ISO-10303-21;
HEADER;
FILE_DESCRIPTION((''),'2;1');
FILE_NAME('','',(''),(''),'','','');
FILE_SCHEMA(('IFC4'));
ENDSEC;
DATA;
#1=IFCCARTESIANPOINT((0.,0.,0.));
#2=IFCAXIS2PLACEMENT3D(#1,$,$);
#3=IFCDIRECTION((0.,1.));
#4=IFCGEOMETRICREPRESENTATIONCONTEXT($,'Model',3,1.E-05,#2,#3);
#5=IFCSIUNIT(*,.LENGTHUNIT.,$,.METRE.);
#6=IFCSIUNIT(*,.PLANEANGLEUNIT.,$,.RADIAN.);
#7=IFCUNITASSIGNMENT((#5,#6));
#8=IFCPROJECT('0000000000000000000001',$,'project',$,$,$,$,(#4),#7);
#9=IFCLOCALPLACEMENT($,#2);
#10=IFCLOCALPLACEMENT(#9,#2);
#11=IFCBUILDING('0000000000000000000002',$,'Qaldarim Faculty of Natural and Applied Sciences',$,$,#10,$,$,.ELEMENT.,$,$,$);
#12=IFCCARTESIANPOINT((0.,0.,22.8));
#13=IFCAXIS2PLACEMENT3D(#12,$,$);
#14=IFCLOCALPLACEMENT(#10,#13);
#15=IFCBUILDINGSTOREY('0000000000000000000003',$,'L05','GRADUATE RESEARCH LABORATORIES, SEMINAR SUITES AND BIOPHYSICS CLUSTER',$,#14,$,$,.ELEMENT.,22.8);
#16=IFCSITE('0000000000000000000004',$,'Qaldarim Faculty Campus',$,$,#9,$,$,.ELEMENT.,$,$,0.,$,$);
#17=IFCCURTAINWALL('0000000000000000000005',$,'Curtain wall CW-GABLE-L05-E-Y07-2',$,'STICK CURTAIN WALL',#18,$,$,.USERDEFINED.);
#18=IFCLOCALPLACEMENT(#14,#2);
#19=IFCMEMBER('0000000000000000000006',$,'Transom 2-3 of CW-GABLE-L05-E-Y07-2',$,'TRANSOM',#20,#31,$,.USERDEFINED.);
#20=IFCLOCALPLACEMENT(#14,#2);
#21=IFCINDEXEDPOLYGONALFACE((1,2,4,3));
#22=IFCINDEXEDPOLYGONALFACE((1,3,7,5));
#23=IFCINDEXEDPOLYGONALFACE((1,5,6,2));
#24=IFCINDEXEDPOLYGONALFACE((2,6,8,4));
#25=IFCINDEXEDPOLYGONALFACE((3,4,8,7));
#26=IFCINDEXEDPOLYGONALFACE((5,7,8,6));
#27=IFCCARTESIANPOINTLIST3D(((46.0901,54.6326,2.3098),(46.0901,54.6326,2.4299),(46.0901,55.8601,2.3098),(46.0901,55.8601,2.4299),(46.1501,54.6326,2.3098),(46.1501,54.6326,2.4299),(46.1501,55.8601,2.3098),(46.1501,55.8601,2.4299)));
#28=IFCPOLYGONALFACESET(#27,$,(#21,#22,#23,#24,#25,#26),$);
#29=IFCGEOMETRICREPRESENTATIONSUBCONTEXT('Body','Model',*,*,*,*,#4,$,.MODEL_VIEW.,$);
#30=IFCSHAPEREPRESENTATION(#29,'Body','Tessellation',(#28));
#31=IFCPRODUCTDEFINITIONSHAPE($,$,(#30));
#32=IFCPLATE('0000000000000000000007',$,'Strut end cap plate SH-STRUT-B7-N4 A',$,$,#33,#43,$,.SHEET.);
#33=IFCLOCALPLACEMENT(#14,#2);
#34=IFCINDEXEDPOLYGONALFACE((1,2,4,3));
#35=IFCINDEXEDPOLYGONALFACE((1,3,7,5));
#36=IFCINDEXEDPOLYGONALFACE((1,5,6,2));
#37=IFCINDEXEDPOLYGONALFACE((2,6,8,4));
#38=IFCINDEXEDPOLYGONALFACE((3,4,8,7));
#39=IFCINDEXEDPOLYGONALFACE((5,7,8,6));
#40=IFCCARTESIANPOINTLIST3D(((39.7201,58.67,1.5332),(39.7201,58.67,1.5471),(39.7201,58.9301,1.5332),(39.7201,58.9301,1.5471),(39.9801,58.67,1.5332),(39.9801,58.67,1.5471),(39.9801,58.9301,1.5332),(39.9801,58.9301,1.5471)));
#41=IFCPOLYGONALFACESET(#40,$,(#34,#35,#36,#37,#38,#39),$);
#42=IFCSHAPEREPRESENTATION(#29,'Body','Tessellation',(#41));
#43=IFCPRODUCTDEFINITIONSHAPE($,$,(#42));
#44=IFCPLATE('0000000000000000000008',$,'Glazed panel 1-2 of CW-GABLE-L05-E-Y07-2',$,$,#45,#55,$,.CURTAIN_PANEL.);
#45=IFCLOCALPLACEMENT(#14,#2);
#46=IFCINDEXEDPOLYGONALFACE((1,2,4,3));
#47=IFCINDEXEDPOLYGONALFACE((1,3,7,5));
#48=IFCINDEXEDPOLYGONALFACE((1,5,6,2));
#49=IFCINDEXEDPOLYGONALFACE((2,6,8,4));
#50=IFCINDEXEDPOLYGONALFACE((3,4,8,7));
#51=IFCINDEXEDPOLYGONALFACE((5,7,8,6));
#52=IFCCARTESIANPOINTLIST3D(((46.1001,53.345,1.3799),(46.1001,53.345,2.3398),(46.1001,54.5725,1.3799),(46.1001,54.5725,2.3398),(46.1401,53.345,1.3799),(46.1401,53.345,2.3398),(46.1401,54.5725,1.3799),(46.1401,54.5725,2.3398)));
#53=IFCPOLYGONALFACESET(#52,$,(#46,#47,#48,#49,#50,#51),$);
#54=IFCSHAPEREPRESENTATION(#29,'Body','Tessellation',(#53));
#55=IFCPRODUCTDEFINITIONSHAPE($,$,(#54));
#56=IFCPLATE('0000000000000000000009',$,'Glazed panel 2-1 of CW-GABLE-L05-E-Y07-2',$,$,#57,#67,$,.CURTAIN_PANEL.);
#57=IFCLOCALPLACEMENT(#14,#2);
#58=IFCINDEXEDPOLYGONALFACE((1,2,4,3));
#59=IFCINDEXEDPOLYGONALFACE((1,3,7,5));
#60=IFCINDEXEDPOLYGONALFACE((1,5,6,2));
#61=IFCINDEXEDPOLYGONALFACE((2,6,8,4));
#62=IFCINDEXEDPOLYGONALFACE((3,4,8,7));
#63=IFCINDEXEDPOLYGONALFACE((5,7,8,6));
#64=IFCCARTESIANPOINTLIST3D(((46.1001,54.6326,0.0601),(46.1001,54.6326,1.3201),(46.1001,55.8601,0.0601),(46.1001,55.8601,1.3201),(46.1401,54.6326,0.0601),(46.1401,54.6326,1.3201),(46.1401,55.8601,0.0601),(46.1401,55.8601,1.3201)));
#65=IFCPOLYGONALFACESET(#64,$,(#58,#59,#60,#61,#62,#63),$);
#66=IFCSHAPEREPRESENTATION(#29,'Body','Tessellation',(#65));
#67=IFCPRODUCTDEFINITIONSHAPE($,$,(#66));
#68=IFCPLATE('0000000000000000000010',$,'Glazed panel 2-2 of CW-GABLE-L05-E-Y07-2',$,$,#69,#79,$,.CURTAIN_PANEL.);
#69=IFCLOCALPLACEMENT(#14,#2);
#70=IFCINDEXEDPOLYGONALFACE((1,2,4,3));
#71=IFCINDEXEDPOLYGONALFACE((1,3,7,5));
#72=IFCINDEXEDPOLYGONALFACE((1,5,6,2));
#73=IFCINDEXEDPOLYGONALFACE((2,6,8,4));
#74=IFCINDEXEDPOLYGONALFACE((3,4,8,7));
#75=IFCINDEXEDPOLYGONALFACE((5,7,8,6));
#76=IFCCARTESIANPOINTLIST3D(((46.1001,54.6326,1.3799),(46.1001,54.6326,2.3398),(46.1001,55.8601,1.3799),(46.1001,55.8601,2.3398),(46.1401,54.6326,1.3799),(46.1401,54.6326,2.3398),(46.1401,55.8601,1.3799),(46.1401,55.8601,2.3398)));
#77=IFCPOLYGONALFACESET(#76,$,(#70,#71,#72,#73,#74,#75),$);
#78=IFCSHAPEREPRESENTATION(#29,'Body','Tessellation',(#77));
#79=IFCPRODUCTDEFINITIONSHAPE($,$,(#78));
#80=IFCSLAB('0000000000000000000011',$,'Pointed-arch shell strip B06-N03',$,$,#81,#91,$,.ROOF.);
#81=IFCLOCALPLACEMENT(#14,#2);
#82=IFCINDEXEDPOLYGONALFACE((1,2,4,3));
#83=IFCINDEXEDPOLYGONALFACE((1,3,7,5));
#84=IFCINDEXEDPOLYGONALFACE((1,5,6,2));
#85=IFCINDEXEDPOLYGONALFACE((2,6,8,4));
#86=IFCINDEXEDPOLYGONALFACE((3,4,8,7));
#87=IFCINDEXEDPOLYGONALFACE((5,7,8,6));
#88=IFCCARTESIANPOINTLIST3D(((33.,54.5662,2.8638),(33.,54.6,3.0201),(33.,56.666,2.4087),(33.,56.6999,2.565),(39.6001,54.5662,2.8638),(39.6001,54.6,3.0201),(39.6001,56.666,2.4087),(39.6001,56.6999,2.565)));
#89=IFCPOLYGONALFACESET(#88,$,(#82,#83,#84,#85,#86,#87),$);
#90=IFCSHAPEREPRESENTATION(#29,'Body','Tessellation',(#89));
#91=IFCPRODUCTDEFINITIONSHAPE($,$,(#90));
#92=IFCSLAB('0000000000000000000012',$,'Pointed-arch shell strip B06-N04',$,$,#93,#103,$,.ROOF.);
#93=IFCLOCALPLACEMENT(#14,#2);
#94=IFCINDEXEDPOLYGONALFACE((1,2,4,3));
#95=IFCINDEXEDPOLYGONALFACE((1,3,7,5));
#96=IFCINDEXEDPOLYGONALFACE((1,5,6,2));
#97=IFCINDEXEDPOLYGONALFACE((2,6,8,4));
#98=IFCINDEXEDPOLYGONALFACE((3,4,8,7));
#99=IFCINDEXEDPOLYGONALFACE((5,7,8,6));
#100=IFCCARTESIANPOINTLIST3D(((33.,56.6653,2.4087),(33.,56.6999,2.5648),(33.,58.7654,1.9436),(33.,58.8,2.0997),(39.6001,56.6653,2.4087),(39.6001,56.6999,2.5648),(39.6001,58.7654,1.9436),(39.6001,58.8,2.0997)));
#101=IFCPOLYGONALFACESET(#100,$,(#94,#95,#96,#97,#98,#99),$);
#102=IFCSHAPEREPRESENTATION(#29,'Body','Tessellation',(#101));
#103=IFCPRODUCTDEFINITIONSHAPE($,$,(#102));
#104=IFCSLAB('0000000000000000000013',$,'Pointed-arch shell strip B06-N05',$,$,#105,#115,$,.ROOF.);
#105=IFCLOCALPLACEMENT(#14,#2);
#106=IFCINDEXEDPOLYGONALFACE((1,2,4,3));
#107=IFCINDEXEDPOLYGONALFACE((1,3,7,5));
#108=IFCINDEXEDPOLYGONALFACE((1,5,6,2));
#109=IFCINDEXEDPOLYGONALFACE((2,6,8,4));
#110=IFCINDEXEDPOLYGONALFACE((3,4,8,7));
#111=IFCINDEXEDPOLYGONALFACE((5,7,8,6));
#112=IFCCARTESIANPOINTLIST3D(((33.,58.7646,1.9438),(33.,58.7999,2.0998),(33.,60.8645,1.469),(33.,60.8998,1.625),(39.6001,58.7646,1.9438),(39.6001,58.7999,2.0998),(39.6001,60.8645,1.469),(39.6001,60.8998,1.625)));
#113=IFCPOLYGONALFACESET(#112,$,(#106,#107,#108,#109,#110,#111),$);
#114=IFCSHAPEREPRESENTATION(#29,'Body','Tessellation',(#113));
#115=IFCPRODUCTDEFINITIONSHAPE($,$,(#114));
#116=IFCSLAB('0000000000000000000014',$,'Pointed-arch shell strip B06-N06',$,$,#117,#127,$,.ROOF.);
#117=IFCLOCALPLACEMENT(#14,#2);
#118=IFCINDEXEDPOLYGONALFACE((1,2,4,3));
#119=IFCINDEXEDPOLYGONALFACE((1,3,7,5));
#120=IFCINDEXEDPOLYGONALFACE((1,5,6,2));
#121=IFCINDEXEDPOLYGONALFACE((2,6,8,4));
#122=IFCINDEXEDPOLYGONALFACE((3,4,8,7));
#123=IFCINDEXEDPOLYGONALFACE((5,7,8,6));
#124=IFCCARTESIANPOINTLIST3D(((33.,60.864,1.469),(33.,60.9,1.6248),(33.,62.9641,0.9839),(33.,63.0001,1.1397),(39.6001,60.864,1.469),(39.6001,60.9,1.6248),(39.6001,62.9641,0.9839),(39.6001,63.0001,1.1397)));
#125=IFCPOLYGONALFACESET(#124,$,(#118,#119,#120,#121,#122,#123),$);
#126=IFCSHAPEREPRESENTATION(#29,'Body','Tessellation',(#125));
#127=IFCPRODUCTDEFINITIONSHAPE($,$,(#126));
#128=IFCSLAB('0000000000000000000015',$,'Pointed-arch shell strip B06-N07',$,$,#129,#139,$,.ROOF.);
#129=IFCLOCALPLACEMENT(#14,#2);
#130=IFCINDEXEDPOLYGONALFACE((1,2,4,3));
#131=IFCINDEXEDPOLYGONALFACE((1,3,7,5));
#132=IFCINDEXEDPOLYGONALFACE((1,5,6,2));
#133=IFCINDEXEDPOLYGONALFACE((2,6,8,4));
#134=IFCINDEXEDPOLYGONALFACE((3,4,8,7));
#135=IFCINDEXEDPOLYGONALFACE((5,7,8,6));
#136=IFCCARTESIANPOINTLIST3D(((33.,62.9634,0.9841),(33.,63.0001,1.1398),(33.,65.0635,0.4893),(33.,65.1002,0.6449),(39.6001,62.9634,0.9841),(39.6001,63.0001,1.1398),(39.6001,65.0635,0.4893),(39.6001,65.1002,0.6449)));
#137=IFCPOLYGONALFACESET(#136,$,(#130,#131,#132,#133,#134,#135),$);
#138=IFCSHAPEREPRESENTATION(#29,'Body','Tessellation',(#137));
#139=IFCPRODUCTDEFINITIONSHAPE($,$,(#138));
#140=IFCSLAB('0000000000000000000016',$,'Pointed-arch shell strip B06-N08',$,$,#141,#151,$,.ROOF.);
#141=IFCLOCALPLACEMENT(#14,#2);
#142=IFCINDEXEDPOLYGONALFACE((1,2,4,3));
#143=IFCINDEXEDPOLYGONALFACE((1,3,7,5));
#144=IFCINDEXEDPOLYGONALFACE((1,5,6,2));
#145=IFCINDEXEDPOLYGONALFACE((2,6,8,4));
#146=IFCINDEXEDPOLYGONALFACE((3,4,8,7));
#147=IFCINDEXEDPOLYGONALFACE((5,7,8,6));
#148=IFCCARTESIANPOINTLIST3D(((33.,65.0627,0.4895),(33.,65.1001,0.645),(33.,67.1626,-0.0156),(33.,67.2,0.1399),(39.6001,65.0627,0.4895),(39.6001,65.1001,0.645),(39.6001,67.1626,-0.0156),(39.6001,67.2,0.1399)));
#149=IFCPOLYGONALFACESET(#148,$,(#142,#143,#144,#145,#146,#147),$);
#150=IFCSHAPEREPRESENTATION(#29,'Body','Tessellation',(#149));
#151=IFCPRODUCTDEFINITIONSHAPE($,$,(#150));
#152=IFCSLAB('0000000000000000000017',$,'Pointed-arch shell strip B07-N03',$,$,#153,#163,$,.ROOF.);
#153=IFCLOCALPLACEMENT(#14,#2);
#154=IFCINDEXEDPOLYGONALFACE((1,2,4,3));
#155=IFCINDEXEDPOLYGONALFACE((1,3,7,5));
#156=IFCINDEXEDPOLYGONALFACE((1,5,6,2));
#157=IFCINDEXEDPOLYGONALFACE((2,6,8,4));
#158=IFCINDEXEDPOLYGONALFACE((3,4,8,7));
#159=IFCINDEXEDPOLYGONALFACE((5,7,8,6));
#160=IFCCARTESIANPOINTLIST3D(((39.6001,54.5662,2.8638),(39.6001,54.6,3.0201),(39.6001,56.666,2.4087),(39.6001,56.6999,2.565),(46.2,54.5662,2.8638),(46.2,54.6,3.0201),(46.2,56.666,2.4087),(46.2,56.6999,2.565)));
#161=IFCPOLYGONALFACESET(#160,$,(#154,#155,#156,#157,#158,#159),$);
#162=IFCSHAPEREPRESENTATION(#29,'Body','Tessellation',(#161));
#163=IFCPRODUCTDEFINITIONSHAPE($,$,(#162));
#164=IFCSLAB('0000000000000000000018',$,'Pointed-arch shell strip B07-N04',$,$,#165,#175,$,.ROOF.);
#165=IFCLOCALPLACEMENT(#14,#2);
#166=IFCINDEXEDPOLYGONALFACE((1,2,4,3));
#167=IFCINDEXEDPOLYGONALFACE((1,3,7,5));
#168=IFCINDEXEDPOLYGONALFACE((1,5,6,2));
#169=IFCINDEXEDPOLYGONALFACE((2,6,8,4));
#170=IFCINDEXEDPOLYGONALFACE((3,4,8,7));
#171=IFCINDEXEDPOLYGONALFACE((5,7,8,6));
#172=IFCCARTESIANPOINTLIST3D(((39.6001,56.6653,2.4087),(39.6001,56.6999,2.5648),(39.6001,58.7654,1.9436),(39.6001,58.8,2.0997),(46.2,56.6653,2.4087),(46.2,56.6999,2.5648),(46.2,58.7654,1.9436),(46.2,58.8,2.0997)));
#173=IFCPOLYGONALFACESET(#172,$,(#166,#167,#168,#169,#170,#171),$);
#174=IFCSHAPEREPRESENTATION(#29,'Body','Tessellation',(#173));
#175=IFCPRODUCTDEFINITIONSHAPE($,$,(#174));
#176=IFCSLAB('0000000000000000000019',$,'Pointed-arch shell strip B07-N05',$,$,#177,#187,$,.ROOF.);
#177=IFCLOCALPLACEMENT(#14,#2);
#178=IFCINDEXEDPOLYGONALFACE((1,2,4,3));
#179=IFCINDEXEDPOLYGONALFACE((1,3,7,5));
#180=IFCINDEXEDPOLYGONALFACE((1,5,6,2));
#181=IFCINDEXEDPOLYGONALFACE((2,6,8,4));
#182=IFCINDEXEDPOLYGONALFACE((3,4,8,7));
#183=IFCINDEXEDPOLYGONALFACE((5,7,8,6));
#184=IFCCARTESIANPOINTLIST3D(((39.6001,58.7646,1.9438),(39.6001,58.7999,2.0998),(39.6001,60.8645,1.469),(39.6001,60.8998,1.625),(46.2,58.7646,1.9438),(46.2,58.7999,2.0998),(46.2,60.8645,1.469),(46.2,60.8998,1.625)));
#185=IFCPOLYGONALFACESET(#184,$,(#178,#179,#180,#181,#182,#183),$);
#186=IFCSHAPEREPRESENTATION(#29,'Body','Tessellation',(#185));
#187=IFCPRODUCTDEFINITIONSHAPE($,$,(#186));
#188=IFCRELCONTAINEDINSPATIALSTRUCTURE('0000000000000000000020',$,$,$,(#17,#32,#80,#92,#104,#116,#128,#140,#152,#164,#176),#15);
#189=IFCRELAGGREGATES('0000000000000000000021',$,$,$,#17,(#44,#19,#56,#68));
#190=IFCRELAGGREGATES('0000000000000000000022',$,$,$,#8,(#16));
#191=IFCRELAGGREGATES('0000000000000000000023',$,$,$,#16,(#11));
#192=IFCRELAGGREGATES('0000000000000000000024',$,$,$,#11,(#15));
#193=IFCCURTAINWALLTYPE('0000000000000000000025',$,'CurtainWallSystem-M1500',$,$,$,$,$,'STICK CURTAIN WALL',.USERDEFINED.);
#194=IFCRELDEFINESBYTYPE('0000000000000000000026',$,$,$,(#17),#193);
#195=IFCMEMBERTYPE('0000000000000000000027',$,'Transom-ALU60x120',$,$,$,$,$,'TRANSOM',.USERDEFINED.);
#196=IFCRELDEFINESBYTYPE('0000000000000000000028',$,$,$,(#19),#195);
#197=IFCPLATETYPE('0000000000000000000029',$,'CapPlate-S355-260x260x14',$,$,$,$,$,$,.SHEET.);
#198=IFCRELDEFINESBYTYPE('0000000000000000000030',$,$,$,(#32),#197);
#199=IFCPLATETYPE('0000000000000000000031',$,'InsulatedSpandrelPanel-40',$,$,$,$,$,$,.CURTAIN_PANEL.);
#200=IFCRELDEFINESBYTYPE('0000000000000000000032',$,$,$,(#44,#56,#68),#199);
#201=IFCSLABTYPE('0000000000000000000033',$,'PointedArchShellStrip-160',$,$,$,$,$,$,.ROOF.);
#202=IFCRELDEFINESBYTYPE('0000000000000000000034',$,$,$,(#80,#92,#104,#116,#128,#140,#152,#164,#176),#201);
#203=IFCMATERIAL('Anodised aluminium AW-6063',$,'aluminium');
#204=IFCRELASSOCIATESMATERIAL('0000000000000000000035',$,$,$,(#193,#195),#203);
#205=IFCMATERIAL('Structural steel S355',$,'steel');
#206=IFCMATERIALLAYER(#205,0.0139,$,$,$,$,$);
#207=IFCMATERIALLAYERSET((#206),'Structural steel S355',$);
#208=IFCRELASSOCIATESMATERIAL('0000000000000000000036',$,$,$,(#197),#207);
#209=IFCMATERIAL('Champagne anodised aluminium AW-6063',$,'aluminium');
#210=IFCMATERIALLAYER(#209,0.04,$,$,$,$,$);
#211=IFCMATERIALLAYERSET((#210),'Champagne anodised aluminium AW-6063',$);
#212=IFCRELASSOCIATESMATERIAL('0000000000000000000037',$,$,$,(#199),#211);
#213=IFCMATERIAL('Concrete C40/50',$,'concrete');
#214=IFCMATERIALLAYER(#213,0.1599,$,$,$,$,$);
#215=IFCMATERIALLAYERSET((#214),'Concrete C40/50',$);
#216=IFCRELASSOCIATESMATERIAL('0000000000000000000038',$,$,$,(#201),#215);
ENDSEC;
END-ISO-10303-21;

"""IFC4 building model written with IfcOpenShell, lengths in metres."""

from ifc_helpers import new_model, si_unit, direction, frame, origin, origin_2d, place, context, subcontext, project, spatial, polyline, rectangle, outline, extrude, material, layer, layer_set, material_profile, profile_set, type_object, element, aggregate, save


model = new_model("IFC4")

# Units and contexts
model_context = context("Model", 3, precision=1e-05, world=origin(), true_north=direction((0.0, 1.0)))
body_context = subcontext(model_context, "Body", "Model", "MODEL_VIEW")
ifc_project = project(units=[si_unit("LENGTHUNIT", "METRE"), si_unit("PLANEANGLEUNIT", "RADIAN")], contexts=[model_context])

# Site, building, storey
site_placement = place(None, origin())
site = spatial("IfcSite", under=ifc_project, at=site_placement, Name="Qaldarim Faculty Campus", CompositionType="ELEMENT", RefElevation=0.0)
building_placement = place(site_placement, origin())
building = spatial("IfcBuilding", under=site, at=building_placement, Name="Qaldarim Faculty of Natural and Applied Sciences", CompositionType="ELEMENT")
storey_placement = place(building_placement, frame((0.0, 0.0, 22.8)))
storey = spatial("IfcBuildingStorey", under=building, at=storey_placement, Name="L05", Description="GRADUATE RESEARCH LABORATORIES, SEMINAR SUITES AND BIOPHYSICS CLUSTER", CompositionType="ELEMENT", Elevation=22.8)

# Curtain wall
ifc_material_1 = material(Name="Anodised aluminium AW-6063", Category="aluminium")
curtain_wall_type = type_object("IfcCurtainWallType", Name="CurtainWallSystem-M1500", ElementType="STICK CURTAIN WALL", PredefinedType="USERDEFINED", material=ifc_material_1)
curtain_wall_placement = place(storey_placement, origin())
curtain_wall = element("IfcCurtainWall", 1, at=curtain_wall_placement, inside=storey, type_object=curtain_wall_type, Name="Curtain wall CW-GABLE-L05-E-Y07-2", ObjectType="STICK CURTAIN WALL", PredefinedType="USERDEFINED")

# Member
ifc_material_2 = material(Name="Structural steel S355", Category="steel")
ifc_material_profile_1 = material_profile(ifc_material_1, rectangle(XDim=0.0601, YDim=0.1201, at=origin_2d()), Name="ALU-T60x120")
ifc_profile_set_1 = profile_set([ifc_material_profile_1], Name="Anodised aluminium AW-6063")
member_type_1 = type_object("IfcMemberType", Name="Transom-ALU60x120", ElementType="TRANSOM", PredefinedType="USERDEFINED", material=ifc_profile_set_1)
member_1_placement = place(storey_placement, frame((46.1201, 54.6326, 2.3699), z_axis=(0.0, 1.0, 0.0), x_axis=(-1.0, 0.0, 0.0)))
member_1 = element("IfcMember", 2, at=member_1_placement, type_object=member_type_1, Name="Transom 2-3 of CW-GABLE-L05-E-Y07-2", ObjectType="TRANSOM", PredefinedType="USERDEFINED", context=body_context, shape_type="SweptSolid", body=[
    extrude(rectangle(XDim=0.0601, YDim=0.1201, at=origin_2d()), origin(), (0.0, 0.0, 1.0), 1.2275),
])

# Plates
ifc_layer_1 = layer(ifc_material_2, 0.0139)
ifc_layer_set_1 = layer_set([ifc_layer_1], Name="Structural steel S355")
plate_type_1 = type_object("IfcPlateType", Name="CapPlate-S355-260x260x14", PredefinedType="SHEET", material=ifc_layer_set_1)
plate_1_placement = place(storey_placement, frame((39.8501, 58.8, 1.5332), z_axis=(0.0, 0.0, 1.0), x_axis=(1.0, 0.0, 0.0)))
element("IfcPlate", 3, at=plate_1_placement, inside=storey, type_object=plate_type_1, Name="Strut end cap plate SH-STRUT-B7-N4 A", PredefinedType="SHEET", context=body_context, shape_type="SweptSolid", body=[
    extrude(rectangle(XDim=0.26, YDim=0.26, at=origin_2d()), origin(), (0.0, 0.0, 1.0), 0.0139),
])
ifc_material_3 = material(Name="Champagne anodised aluminium AW-6063", Category="aluminium")
ifc_layer_2 = layer(ifc_material_3, 0.04)
ifc_layer_set_2 = layer_set([ifc_layer_2], Name="Champagne anodised aluminium AW-6063")
plate_type_2 = type_object("IfcPlateType", Name="InsulatedSpandrelPanel-40", PredefinedType="CURTAIN_PANEL", material=ifc_layer_set_2)
plate_2_placement = place(storey_placement, frame((46.1201, 53.9587, 1.3799), z_axis=(0.0, 0.0, 1.0), x_axis=(0.0, 1.0, 0.0)))
plate_2 = element("IfcPlate", 4, at=plate_2_placement, type_object=plate_type_2, Name="Glazed panel 1-2 of CW-GABLE-L05-E-Y07-2", PredefinedType="CURTAIN_PANEL", context=body_context, shape_type="SweptSolid", body=[
    extrude(rectangle(XDim=1.2275, YDim=0.04, at=origin_2d()), origin(), (0.0, 0.0, 1.0), 0.96),
])
plate_3_placement = place(storey_placement, frame((46.1201, 55.2463, 0.0601), z_axis=(0.0, 0.0, 1.0), x_axis=(0.0, 1.0, 0.0)))
plate_3 = element("IfcPlate", 5, at=plate_3_placement, type_object=plate_type_2, Name="Glazed panel 2-1 of CW-GABLE-L05-E-Y07-2", PredefinedType="CURTAIN_PANEL", context=body_context, shape_type="SweptSolid", body=[
    extrude(rectangle(XDim=1.2275, YDim=0.04, at=origin_2d()), origin(), (0.0, 0.0, 1.0), 1.26),
])
plate_4_placement = place(storey_placement, frame((46.1201, 55.2463, 1.3799), z_axis=(0.0, 0.0, 1.0), x_axis=(0.0, 1.0, 0.0)))
plate_4 = element("IfcPlate", 6, at=plate_4_placement, type_object=plate_type_2, Name="Glazed panel 2-2 of CW-GABLE-L05-E-Y07-2", PredefinedType="CURTAIN_PANEL", context=body_context, shape_type="SweptSolid", body=[
    extrude(rectangle(XDim=1.2275, YDim=0.04, at=origin_2d()), origin(), (0.0, 0.0, 1.0), 0.96),
])
aggregate(curtain_wall, [plate_2, member_1, plate_3, plate_4])

# Slabs
ifc_material_4 = material(Name="Concrete C40/50", Category="concrete")
ifc_layer_3 = layer(ifc_material_4, 0.1599)
ifc_layer_set_3 = layer_set([ifc_layer_3], Name="Concrete C40/50")
slab_type = type_object("IfcSlabType", Name="PointedArchShellStrip-160", PredefinedType="ROOF", material=ifc_layer_set_3)
slab_1_placement = place(storey_placement, frame((33.0, 54.5662, 2.8638), z_axis=(0.0, 0.211802, 0.977313), x_axis=(1.0, 0.0, 0.0)))
element("IfcSlab", 7, at=slab_1_placement, inside=storey, type_object=slab_type, Name="Pointed-arch shell strip B06-N03", PredefinedType="ROOF", context=body_context, shape_type="SweptSolid", body=[
    extrude(outline(polyline([(0.0, 0.0), (6.6001, 0.0), (6.6001, 2.1486), (0.0, 2.1486), (0.0, 0.0)])), origin(), (0.0, 0.0, 1.0), 0.1599),
])
slab_2_placement = place(storey_placement, frame((33.0, 56.6653, 2.4087), z_axis=(0.0, 0.216221, 0.976344), x_axis=(1.0, 0.0, 0.0)))
element("IfcSlab", 8, at=slab_2_placement, inside=storey, type_object=slab_type, Name="Pointed-arch shell strip B06-N04", PredefinedType="ROOF", context=body_context, shape_type="SweptSolid", body=[
    extrude(outline(polyline([(0.0, 0.0), (6.6001, 0.0), (6.6001, 2.151), (0.0, 2.151), (0.0, 0.0)])), origin(), (0.0, 0.0, 1.0), 0.1599),
])
slab_3_placement = place(storey_placement, frame((33.0, 58.7646, 1.9438), z_axis=(0.0, 0.220567, 0.975372), x_axis=(1.0, 0.0, 0.0)))
element("IfcSlab", 9, at=slab_3_placement, inside=storey, type_object=slab_type, Name="Pointed-arch shell strip B06-N05", PredefinedType="ROOF", context=body_context, shape_type="SweptSolid", body=[
    extrude(outline(polyline([(0.0, 0.0), (6.6001, 0.0), (6.6001, 2.1529), (0.0, 2.1529), (0.0, 0.0)])), origin(), (0.0, 0.0, 1.0), 0.1599),
])
slab_4_placement = place(storey_placement, frame((33.0, 60.864, 1.469), z_axis=(0.0, 0.225066, 0.974343), x_axis=(1.0, 0.0, 0.0)))
element("IfcSlab", 10, at=slab_4_placement, inside=storey, type_object=slab_type, Name="Pointed-arch shell strip B06-N06", PredefinedType="ROOF", context=body_context, shape_type="SweptSolid", body=[
    extrude(outline(polyline([(0.0, 0.0), (6.6001, 0.0), (6.6001, 2.1554), (0.0, 2.1554), (0.0, 0.0)])), origin(), (0.0, 0.0, 1.0), 0.1599),
])
slab_5_placement = place(storey_placement, frame((33.0, 62.9634, 0.9841), z_axis=(0.0, 0.229361, 0.973341), x_axis=(1.0, 0.0, 0.0)))
element("IfcSlab", 11, at=slab_5_placement, inside=storey, type_object=slab_type, Name="Pointed-arch shell strip B06-N07", PredefinedType="ROOF", context=body_context, shape_type="SweptSolid", body=[
    extrude(outline(polyline([(0.0, 0.0), (6.6001, 0.0), (6.6001, 2.1576), (0.0, 2.1576), (0.0, 0.0)])), origin(), (0.0, 0.0, 1.0), 0.1599),
])
slab_6_placement = place(storey_placement, frame((33.0, 65.0627, 0.4895), z_axis=(0.0, 0.233882, 0.972265), x_axis=(1.0, 0.0, 0.0)))
element("IfcSlab", 12, at=slab_6_placement, inside=storey, type_object=slab_type, Name="Pointed-arch shell strip B06-N08", PredefinedType="ROOF", context=body_context, shape_type="SweptSolid", body=[
    extrude(outline(polyline([(0.0, 0.0), (6.6001, 0.0), (6.6001, 2.1598), (0.0, 2.1598), (0.0, 0.0)])), origin(), (0.0, 0.0, 1.0), 0.1599),
])
slab_7_placement = place(storey_placement, frame((39.6001, 54.5662, 2.8638), z_axis=(0.0, 0.211802, 0.977313), x_axis=(1.0, 0.0, 0.0)))
element("IfcSlab", 13, at=slab_7_placement, inside=storey, type_object=slab_type, Name="Pointed-arch shell strip B07-N03", PredefinedType="ROOF", context=body_context, shape_type="SweptSolid", body=[
    extrude(outline(polyline([(0.0, 0.0), (6.5999, 0.0), (6.5999, 2.1486), (0.0, 2.1486), (0.0, 0.0)])), origin(), (0.0, 0.0, 1.0), 0.1599),
])
slab_8_placement = place(storey_placement, frame((39.6001, 56.6653, 2.4087), z_axis=(0.0, 0.216221, 0.976344), x_axis=(1.0, 0.0, 0.0)))
element("IfcSlab", 14, at=slab_8_placement, inside=storey, type_object=slab_type, Name="Pointed-arch shell strip B07-N04", PredefinedType="ROOF", context=body_context, shape_type="SweptSolid", body=[
    extrude(outline(polyline([(0.0, 0.0), (6.5999, 0.0), (6.5999, 2.151), (0.0, 2.151), (0.0, 0.0)])), origin(), (0.0, 0.0, 1.0), 0.1599),
])
slab_9_placement = place(storey_placement, frame((39.6001, 58.7646, 1.9438), z_axis=(0.0, 0.220567, 0.975372), x_axis=(1.0, 0.0, 0.0)))
element("IfcSlab", 15, at=slab_9_placement, inside=storey, type_object=slab_type, Name="Pointed-arch shell strip B07-N05", PredefinedType="ROOF", context=body_context, shape_type="SweptSolid", body=[
    extrude(outline(polyline([(0.0, 0.0), (6.5999, 0.0), (6.5999, 2.1529), (0.0, 2.1529), (0.0, 0.0)])), origin(), (0.0, 0.0, 1.0), 0.1599),
])

save(model, "model.ifc")
